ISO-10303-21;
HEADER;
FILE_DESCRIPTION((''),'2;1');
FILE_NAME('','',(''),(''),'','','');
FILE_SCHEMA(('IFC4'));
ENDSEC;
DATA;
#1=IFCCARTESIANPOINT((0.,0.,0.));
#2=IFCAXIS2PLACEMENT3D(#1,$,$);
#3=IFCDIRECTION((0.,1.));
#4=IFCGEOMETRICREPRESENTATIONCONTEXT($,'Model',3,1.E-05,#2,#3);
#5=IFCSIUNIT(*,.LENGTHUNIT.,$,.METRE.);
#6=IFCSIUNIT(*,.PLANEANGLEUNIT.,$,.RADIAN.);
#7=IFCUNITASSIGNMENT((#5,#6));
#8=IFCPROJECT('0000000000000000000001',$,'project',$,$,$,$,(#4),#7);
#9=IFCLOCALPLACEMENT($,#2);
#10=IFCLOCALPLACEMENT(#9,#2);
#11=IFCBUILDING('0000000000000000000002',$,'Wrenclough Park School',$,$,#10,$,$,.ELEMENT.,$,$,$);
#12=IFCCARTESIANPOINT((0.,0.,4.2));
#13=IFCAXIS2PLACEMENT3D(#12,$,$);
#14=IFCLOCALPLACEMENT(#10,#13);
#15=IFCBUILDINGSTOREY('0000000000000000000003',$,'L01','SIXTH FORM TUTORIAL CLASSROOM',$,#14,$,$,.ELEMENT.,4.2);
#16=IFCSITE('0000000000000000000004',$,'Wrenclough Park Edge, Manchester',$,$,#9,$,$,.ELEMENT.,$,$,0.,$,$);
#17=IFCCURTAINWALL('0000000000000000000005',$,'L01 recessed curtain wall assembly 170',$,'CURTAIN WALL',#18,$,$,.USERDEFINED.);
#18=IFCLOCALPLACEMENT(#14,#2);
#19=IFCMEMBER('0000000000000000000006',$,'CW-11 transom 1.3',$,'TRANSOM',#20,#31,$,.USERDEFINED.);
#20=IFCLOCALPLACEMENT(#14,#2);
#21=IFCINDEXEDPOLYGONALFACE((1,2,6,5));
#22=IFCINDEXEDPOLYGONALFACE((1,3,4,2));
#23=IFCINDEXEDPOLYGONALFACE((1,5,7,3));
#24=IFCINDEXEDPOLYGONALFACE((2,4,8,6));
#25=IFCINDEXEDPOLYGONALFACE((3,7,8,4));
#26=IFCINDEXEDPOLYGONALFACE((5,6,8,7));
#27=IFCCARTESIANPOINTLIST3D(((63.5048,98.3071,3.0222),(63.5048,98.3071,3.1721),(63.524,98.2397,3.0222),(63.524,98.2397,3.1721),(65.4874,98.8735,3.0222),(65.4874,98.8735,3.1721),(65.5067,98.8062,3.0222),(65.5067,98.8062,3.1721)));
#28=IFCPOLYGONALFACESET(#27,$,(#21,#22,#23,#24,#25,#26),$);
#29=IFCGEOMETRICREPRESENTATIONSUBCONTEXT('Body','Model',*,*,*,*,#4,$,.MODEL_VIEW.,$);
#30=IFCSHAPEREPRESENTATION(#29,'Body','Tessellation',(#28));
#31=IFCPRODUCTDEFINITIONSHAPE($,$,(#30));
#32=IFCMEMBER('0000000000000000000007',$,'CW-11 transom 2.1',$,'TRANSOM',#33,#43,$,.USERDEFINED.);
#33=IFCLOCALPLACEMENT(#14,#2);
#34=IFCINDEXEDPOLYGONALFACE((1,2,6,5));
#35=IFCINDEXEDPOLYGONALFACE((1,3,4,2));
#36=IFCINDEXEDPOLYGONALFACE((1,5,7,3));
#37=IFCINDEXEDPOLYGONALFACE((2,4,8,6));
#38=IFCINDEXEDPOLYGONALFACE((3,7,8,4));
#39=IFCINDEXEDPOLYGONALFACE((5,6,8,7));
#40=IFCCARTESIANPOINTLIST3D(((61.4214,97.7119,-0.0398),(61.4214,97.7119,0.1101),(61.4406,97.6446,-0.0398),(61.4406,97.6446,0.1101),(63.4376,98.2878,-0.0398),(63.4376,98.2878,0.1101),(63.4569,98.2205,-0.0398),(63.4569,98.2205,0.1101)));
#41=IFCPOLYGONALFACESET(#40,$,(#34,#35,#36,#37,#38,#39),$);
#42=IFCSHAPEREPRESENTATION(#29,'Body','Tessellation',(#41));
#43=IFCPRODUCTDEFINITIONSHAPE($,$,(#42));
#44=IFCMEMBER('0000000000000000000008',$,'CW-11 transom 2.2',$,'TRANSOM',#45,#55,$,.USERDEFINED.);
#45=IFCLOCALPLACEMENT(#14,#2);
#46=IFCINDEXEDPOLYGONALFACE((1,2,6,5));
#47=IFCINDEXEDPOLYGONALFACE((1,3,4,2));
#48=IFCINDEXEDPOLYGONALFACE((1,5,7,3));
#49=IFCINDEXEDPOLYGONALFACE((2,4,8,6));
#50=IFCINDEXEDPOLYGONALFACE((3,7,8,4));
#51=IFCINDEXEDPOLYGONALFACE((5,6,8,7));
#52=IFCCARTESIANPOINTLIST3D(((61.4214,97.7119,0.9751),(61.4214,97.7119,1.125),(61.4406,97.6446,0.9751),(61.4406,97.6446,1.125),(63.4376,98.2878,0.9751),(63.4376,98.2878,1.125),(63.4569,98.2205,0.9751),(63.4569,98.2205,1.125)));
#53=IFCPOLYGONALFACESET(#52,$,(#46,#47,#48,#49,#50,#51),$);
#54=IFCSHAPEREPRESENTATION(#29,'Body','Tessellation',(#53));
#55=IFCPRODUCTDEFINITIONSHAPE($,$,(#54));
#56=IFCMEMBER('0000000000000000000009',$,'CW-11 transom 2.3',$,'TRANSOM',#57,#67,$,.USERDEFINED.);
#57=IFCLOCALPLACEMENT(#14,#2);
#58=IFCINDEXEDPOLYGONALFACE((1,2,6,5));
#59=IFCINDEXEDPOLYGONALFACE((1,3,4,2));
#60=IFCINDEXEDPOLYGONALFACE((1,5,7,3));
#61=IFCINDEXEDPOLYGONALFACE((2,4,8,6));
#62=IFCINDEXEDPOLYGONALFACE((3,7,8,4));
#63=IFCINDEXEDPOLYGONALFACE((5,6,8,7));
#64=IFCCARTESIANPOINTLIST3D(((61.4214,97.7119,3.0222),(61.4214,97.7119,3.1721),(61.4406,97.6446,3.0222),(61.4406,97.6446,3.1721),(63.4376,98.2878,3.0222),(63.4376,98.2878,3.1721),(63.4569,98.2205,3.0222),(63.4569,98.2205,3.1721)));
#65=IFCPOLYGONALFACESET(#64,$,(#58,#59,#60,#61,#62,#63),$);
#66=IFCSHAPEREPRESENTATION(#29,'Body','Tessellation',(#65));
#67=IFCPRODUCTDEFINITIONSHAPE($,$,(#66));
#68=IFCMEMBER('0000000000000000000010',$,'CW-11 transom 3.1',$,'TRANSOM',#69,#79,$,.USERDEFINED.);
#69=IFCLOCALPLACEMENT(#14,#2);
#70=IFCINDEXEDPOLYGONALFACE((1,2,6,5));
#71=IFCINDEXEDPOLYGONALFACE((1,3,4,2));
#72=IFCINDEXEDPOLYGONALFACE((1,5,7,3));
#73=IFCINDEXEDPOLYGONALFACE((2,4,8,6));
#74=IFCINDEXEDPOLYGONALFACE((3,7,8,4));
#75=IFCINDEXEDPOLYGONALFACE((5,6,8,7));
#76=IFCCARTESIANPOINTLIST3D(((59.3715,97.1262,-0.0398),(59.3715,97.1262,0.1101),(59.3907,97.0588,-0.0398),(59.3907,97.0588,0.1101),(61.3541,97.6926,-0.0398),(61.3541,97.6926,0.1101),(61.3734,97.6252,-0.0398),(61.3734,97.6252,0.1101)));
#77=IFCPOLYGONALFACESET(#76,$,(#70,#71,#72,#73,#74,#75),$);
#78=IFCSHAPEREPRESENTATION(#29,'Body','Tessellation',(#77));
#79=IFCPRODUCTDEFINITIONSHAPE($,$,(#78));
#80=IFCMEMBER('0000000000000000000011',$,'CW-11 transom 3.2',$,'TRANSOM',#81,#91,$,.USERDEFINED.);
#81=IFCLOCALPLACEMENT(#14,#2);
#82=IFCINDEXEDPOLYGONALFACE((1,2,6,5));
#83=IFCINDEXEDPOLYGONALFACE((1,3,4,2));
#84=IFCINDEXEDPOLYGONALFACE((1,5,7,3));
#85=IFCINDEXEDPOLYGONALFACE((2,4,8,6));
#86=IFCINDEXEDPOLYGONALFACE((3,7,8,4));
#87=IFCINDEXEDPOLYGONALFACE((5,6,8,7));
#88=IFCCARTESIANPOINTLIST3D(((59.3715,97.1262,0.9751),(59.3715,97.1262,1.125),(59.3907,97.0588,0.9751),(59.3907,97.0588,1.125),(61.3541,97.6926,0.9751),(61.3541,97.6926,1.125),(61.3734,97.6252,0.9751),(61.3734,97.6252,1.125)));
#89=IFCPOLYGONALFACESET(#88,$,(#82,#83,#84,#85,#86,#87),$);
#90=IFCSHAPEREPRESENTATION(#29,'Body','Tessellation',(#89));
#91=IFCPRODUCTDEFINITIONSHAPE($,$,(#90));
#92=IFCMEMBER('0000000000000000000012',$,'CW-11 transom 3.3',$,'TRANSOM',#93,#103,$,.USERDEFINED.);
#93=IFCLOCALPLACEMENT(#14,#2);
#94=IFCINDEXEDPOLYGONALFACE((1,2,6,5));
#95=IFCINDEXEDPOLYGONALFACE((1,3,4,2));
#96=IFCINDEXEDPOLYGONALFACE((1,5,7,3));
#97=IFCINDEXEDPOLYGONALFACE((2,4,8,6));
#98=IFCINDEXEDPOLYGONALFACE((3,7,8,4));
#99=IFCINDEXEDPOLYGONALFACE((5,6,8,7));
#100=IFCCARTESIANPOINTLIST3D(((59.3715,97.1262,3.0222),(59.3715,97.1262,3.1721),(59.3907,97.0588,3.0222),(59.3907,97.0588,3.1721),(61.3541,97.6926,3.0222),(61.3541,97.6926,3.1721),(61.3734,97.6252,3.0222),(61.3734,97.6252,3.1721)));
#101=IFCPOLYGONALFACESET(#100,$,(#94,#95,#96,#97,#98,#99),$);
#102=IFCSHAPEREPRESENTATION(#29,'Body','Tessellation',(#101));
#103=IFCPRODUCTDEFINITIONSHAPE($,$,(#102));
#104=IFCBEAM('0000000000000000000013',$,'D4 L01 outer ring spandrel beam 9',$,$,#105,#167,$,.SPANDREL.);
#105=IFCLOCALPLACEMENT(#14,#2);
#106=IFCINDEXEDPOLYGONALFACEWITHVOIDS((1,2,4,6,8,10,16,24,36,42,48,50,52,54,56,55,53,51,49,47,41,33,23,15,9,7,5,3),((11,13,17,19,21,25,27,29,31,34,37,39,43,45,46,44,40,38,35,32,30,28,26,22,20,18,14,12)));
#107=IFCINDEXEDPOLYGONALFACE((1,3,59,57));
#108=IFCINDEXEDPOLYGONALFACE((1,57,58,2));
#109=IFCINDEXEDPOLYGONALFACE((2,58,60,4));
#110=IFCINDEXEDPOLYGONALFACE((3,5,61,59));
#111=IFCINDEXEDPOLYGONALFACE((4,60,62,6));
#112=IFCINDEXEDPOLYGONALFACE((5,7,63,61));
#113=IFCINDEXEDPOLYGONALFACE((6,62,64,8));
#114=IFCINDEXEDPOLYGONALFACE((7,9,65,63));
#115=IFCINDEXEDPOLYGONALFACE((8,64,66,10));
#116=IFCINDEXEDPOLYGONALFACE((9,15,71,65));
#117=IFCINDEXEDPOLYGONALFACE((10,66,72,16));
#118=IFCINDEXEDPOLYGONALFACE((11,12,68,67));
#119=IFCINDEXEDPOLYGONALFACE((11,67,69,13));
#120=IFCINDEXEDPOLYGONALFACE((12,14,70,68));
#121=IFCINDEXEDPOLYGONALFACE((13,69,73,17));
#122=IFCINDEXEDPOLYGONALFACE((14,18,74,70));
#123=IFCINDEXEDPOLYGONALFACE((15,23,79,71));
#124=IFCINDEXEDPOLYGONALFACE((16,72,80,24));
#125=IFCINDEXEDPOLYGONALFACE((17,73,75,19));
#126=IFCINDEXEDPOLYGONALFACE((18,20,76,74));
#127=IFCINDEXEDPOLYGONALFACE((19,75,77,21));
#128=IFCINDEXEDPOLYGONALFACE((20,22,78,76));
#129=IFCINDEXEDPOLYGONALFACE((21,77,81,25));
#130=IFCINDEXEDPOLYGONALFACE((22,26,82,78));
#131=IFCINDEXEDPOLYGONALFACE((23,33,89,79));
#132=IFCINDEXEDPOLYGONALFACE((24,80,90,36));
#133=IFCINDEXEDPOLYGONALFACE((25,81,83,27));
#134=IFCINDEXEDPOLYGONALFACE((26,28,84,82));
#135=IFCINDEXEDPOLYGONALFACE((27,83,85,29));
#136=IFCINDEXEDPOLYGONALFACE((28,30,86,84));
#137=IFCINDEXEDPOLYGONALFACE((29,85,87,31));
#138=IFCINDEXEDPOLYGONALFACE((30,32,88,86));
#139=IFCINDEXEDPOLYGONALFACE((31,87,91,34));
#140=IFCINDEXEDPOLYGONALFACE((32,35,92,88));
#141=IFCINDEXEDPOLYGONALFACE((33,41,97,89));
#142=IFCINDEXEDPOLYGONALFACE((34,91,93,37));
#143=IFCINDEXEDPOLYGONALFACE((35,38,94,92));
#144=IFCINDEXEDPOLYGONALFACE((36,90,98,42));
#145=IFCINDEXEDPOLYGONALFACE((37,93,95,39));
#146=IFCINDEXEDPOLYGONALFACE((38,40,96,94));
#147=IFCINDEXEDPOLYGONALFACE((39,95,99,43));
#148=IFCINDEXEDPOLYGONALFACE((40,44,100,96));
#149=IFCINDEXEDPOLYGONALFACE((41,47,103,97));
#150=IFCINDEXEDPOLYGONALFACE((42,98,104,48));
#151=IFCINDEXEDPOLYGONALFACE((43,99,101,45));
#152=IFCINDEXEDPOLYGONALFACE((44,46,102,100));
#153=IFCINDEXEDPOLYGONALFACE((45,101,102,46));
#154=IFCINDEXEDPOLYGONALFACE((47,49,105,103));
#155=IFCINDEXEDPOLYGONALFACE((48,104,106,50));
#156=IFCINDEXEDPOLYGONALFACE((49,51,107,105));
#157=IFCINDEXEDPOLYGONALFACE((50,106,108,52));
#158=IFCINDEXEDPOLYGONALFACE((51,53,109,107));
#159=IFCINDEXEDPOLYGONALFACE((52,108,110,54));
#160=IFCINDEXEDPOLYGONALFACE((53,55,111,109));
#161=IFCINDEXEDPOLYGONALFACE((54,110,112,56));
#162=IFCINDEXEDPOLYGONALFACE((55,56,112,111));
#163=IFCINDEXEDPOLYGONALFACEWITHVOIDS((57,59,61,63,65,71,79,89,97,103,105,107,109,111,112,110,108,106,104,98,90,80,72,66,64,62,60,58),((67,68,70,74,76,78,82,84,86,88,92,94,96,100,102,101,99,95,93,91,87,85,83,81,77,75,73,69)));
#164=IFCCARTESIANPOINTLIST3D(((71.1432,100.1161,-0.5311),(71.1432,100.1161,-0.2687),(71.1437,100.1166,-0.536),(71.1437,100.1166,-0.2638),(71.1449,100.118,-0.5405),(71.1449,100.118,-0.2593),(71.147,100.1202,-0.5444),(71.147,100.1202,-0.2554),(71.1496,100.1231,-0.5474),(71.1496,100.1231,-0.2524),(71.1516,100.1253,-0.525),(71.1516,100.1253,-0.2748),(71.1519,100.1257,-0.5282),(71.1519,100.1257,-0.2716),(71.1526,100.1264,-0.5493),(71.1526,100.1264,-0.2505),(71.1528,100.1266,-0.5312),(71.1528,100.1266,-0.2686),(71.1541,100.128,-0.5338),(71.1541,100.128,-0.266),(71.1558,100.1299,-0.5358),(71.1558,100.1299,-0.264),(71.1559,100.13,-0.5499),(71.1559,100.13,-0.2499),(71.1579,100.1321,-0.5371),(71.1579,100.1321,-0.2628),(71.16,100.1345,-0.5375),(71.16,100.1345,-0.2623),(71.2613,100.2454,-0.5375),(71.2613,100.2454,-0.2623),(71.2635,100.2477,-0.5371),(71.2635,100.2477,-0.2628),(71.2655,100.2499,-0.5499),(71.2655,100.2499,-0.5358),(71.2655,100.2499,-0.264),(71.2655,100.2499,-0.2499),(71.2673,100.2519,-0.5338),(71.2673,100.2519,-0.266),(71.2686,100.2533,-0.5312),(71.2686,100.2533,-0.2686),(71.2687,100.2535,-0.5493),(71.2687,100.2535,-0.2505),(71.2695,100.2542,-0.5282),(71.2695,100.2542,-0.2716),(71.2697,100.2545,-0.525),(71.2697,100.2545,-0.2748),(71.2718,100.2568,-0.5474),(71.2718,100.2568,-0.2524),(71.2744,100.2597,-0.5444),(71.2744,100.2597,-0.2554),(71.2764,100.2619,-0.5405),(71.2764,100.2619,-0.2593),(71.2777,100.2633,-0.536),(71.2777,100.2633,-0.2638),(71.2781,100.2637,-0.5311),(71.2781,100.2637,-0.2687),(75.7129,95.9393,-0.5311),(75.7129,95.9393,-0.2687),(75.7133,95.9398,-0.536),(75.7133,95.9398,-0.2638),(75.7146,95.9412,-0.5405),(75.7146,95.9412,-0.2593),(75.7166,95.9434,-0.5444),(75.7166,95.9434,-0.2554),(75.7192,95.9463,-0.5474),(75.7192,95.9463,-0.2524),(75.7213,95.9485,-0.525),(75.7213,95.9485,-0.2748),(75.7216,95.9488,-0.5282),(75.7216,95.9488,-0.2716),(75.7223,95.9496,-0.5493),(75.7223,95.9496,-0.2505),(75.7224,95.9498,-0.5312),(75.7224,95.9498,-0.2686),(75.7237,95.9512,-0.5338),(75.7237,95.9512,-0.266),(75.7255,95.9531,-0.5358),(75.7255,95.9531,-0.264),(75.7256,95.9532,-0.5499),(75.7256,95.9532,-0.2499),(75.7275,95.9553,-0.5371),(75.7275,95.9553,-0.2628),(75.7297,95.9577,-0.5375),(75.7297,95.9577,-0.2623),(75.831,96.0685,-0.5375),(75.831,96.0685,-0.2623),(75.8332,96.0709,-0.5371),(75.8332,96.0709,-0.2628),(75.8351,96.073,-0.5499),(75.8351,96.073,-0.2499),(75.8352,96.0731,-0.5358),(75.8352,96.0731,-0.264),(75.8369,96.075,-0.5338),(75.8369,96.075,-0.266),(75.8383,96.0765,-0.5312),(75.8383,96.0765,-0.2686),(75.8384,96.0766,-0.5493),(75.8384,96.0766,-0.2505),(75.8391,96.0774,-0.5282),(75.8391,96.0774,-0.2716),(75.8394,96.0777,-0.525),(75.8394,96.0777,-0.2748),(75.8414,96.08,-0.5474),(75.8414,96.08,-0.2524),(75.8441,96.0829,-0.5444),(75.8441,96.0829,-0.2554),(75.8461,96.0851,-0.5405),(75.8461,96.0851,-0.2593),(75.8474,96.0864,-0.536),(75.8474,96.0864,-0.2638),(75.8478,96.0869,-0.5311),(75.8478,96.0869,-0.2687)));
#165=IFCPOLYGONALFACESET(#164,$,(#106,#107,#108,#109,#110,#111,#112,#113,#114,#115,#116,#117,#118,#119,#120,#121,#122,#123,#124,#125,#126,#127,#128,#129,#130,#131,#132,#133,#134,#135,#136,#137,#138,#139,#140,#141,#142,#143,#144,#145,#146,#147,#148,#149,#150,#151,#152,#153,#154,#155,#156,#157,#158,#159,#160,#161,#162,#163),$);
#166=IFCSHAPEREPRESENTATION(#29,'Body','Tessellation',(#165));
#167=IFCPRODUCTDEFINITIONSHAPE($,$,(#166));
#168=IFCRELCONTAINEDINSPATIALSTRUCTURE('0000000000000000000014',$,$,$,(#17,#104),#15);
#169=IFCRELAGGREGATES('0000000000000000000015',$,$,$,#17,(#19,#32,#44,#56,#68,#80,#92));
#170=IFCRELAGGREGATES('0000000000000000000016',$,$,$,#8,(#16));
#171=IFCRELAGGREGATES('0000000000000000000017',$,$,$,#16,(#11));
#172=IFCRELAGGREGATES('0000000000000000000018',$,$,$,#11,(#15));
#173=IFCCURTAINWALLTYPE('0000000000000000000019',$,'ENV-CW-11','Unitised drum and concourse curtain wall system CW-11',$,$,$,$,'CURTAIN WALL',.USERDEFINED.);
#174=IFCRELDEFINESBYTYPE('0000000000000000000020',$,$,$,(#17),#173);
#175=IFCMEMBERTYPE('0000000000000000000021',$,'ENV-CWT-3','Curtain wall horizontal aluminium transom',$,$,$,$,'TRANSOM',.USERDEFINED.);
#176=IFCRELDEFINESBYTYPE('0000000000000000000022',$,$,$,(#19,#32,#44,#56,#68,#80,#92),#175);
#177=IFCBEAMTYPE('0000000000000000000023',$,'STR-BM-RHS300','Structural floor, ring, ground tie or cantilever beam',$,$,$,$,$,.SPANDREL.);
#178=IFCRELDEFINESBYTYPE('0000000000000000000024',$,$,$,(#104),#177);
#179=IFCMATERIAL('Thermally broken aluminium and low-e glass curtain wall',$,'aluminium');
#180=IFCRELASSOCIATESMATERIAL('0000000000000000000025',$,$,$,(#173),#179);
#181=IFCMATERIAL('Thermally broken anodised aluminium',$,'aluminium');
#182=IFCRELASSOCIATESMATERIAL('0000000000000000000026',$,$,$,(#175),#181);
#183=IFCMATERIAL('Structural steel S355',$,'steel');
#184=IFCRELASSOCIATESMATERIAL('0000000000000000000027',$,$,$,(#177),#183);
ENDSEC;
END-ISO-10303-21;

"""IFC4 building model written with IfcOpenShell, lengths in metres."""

from ifc_helpers import new_model, si_unit, direction, frame, origin, origin_2d, place, context, subcontext, project, spatial, rectangle, hollow_rectangle, extrude, material, material_profile, profile_set, type_object, element, aggregate, save


model = new_model("IFC4")

# Units and contexts
model_context = context("Model", 3, precision=1e-05, world=origin(), true_north=direction((0.0, 1.0)))
body_context = subcontext(model_context, "Body", "Model", "MODEL_VIEW")
ifc_project = project(units=[si_unit("LENGTHUNIT", "METRE"), si_unit("PLANEANGLEUNIT", "RADIAN")], contexts=[model_context])

# Site, building, storey
site_placement = place(None, origin())
site = spatial("IfcSite", under=ifc_project, at=site_placement, Name="Wrenclough Park Edge, Manchester", CompositionType="ELEMENT", RefElevation=0.0)
building_placement = place(site_placement, origin())
building = spatial("IfcBuilding", under=site, at=building_placement, Name="Wrenclough Park School", CompositionType="ELEMENT")
storey_placement = place(building_placement, frame((0.0, 0.0, 4.2)))
storey = spatial("IfcBuildingStorey", under=building, at=storey_placement, Name="L01", Description="SIXTH FORM TUTORIAL CLASSROOM", CompositionType="ELEMENT", Elevation=4.2)

# Shared definitions
ifc_material_1 = material(Name="Structural steel S355", Category="steel")

# Curtain wall, members
ifc_material_2 = material(Name="Thermally broken aluminium and low-e glass curtain wall", Category="aluminium")
curtain_wall_type = type_object("IfcCurtainWallType", Name="ENV-CW-11", Description="Unitised drum and concourse curtain wall system CW-11", ElementType="CURTAIN WALL", PredefinedType="USERDEFINED", material=ifc_material_2)
curtain_wall_placement = place(storey_placement, origin())
curtain_wall = element("IfcCurtainWall", 1, at=curtain_wall_placement, inside=storey, type_object=curtain_wall_type, Name="L01 recessed curtain wall assembly 170", ObjectType="CURTAIN WALL", PredefinedType="USERDEFINED")
ifc_material_3 = material(Name="Thermally broken anodised aluminium", Category="aluminium")
ifc_material_profile_1 = material_profile(ifc_material_3, rectangle(XDim=0.0701, YDim=0.1499, at=origin_2d()), Name="AL TRANSOM 70x150")
ifc_profile_set_1 = profile_set([ifc_material_profile_1], Name="Thermally broken anodised aluminium")
member_type_1 = type_object("IfcMemberType", Name="ENV-CWT-3", Description="Curtain wall horizontal aluminium transom", ElementType="TRANSOM", PredefinedType="USERDEFINED", material=ifc_profile_set_1)
member_1_placement = place(storey_placement, frame((65.4971, 98.8398, 3.0972), z_axis=(-0.961533, -0.27469, 0.0), x_axis=(0.27469, -0.961533, 0.0)))
member_1 = element("IfcMember", 2, at=member_1_placement, type_object=member_type_1, Name="CW-11 transom 1.3", ObjectType="TRANSOM", PredefinedType="USERDEFINED", context=body_context, shape_type="SweptSolid", body=[
    extrude(rectangle(XDim=0.0701, YDim=0.1499, at=origin_2d()), origin(), (0.0, 0.0, 1.0), 2.062),
])
member_2_placement = place(storey_placement, frame((63.4473, 98.2542, 0.0352), z_axis=(-0.961546, -0.274644, 0.0), x_axis=(0.274644, -0.961546, 0.0)))
member_2 = element("IfcMember", 3, at=member_2_placement, type_object=member_type_1, Name="CW-11 transom 2.1", ObjectType="TRANSOM", PredefinedType="USERDEFINED", context=body_context, shape_type="SweptSolid", body=[
    extrude(rectangle(XDim=0.0701, YDim=0.1499, at=origin_2d()), origin(), (0.0, 0.0, 1.0), 2.0969),
])
member_3_placement = place(storey_placement, frame((63.4473, 98.2542, 1.05), z_axis=(-0.961546, -0.274644, 0.0), x_axis=(0.274644, -0.961546, 0.0)))
member_3 = element("IfcMember", 4, at=member_3_placement, type_object=member_type_1, Name="CW-11 transom 2.2", ObjectType="TRANSOM", PredefinedType="USERDEFINED", context=body_context, shape_type="SweptSolid", body=[
    extrude(rectangle(XDim=0.0701, YDim=0.1499, at=origin_2d()), origin(), (0.0, 0.0, 1.0), 2.0969),
])
member_4_placement = place(storey_placement, frame((63.4473, 98.2542, 3.0972), z_axis=(-0.961546, -0.274644, 0.0), x_axis=(0.274644, -0.961546, 0.0)))
member_4 = element("IfcMember", 5, at=member_4_placement, type_object=member_type_1, Name="CW-11 transom 2.3", ObjectType="TRANSOM", PredefinedType="USERDEFINED", context=body_context, shape_type="SweptSolid", body=[
    extrude(rectangle(XDim=0.0701, YDim=0.1499, at=origin_2d()), origin(), (0.0, 0.0, 1.0), 2.0969),
])
member_5_placement = place(storey_placement, frame((61.3638, 97.6589, 0.0352), z_axis=(-0.961533, -0.27469, 0.0), x_axis=(0.27469, -0.961533, 0.0)))
member_5 = element("IfcMember", 6, at=member_5_placement, type_object=member_type_1, Name="CW-11 transom 3.1", ObjectType="TRANSOM", PredefinedType="USERDEFINED", context=body_context, shape_type="SweptSolid", body=[
    extrude(rectangle(XDim=0.0701, YDim=0.1499, at=origin_2d()), origin(), (0.0, 0.0, 1.0), 2.062),
])
member_6_placement = place(storey_placement, frame((61.3638, 97.6589, 1.05), z_axis=(-0.961533, -0.27469, 0.0), x_axis=(0.27469, -0.961533, 0.0)))
member_6 = element("IfcMember", 7, at=member_6_placement, type_object=member_type_1, Name="CW-11 transom 3.2", ObjectType="TRANSOM", PredefinedType="USERDEFINED", context=body_context, shape_type="SweptSolid", body=[
    extrude(rectangle(XDim=0.0701, YDim=0.1499, at=origin_2d()), origin(), (0.0, 0.0, 1.0), 2.062),
])
member_7_placement = place(storey_placement, frame((61.3638, 97.6589, 3.0972), z_axis=(-0.961533, -0.27469, 0.0), x_axis=(0.27469, -0.961533, 0.0)))
member_7 = element("IfcMember", 8, at=member_7_placement, type_object=member_type_1, Name="CW-11 transom 3.3", ObjectType="TRANSOM", PredefinedType="USERDEFINED", context=body_context, shape_type="SweptSolid", body=[
    extrude(rectangle(XDim=0.0701, YDim=0.1499, at=origin_2d()), origin(), (0.0, 0.0, 1.0), 2.062),
])

# Beam
ifc_material_profile_2 = material_profile(ifc_material_1, hollow_rectangle(XDim=0.2, YDim=0.3, WallThickness=0.0125, InnerFilletRadius=0.0125, OuterFilletRadius=0.0188, at=origin_2d()), Name="RHS 300x200x12.5")
ifc_profile_set_2 = profile_set([ifc_material_profile_2], Name="Structural steel S355")
beam_type_1 = type_object("IfcBeamType", Name="STR-BM-RHS300", Description="Structural floor, ring, ground tie or cantilever beam", PredefinedType="SPANDREL", material=ifc_profile_set_2)
beam_1_placement = place(storey_placement, frame((71.2107, 100.1899, -0.3999), z_axis=(0.738121, -0.674669, 0.0), x_axis=(0.674669, 0.738121, 0.0)))
element("IfcBeam", 9, at=beam_1_placement, inside=storey, type_object=beam_type_1, Name="D4 L01 outer ring spandrel beam 9", PredefinedType="SPANDREL", context=body_context, shape_type="SweptSolid", body=[
    extrude(hollow_rectangle(XDim=0.2, YDim=0.3, WallThickness=0.0125, InnerFilletRadius=0.0125, OuterFilletRadius=0.0188, at=origin_2d()), origin(), (0.0, 0.0, 1.0), 6.1909),
])

aggregate(curtain_wall, [member_1, member_2, member_3, member_4, member_5, member_6, member_7])

save(model, "model.ifc")
